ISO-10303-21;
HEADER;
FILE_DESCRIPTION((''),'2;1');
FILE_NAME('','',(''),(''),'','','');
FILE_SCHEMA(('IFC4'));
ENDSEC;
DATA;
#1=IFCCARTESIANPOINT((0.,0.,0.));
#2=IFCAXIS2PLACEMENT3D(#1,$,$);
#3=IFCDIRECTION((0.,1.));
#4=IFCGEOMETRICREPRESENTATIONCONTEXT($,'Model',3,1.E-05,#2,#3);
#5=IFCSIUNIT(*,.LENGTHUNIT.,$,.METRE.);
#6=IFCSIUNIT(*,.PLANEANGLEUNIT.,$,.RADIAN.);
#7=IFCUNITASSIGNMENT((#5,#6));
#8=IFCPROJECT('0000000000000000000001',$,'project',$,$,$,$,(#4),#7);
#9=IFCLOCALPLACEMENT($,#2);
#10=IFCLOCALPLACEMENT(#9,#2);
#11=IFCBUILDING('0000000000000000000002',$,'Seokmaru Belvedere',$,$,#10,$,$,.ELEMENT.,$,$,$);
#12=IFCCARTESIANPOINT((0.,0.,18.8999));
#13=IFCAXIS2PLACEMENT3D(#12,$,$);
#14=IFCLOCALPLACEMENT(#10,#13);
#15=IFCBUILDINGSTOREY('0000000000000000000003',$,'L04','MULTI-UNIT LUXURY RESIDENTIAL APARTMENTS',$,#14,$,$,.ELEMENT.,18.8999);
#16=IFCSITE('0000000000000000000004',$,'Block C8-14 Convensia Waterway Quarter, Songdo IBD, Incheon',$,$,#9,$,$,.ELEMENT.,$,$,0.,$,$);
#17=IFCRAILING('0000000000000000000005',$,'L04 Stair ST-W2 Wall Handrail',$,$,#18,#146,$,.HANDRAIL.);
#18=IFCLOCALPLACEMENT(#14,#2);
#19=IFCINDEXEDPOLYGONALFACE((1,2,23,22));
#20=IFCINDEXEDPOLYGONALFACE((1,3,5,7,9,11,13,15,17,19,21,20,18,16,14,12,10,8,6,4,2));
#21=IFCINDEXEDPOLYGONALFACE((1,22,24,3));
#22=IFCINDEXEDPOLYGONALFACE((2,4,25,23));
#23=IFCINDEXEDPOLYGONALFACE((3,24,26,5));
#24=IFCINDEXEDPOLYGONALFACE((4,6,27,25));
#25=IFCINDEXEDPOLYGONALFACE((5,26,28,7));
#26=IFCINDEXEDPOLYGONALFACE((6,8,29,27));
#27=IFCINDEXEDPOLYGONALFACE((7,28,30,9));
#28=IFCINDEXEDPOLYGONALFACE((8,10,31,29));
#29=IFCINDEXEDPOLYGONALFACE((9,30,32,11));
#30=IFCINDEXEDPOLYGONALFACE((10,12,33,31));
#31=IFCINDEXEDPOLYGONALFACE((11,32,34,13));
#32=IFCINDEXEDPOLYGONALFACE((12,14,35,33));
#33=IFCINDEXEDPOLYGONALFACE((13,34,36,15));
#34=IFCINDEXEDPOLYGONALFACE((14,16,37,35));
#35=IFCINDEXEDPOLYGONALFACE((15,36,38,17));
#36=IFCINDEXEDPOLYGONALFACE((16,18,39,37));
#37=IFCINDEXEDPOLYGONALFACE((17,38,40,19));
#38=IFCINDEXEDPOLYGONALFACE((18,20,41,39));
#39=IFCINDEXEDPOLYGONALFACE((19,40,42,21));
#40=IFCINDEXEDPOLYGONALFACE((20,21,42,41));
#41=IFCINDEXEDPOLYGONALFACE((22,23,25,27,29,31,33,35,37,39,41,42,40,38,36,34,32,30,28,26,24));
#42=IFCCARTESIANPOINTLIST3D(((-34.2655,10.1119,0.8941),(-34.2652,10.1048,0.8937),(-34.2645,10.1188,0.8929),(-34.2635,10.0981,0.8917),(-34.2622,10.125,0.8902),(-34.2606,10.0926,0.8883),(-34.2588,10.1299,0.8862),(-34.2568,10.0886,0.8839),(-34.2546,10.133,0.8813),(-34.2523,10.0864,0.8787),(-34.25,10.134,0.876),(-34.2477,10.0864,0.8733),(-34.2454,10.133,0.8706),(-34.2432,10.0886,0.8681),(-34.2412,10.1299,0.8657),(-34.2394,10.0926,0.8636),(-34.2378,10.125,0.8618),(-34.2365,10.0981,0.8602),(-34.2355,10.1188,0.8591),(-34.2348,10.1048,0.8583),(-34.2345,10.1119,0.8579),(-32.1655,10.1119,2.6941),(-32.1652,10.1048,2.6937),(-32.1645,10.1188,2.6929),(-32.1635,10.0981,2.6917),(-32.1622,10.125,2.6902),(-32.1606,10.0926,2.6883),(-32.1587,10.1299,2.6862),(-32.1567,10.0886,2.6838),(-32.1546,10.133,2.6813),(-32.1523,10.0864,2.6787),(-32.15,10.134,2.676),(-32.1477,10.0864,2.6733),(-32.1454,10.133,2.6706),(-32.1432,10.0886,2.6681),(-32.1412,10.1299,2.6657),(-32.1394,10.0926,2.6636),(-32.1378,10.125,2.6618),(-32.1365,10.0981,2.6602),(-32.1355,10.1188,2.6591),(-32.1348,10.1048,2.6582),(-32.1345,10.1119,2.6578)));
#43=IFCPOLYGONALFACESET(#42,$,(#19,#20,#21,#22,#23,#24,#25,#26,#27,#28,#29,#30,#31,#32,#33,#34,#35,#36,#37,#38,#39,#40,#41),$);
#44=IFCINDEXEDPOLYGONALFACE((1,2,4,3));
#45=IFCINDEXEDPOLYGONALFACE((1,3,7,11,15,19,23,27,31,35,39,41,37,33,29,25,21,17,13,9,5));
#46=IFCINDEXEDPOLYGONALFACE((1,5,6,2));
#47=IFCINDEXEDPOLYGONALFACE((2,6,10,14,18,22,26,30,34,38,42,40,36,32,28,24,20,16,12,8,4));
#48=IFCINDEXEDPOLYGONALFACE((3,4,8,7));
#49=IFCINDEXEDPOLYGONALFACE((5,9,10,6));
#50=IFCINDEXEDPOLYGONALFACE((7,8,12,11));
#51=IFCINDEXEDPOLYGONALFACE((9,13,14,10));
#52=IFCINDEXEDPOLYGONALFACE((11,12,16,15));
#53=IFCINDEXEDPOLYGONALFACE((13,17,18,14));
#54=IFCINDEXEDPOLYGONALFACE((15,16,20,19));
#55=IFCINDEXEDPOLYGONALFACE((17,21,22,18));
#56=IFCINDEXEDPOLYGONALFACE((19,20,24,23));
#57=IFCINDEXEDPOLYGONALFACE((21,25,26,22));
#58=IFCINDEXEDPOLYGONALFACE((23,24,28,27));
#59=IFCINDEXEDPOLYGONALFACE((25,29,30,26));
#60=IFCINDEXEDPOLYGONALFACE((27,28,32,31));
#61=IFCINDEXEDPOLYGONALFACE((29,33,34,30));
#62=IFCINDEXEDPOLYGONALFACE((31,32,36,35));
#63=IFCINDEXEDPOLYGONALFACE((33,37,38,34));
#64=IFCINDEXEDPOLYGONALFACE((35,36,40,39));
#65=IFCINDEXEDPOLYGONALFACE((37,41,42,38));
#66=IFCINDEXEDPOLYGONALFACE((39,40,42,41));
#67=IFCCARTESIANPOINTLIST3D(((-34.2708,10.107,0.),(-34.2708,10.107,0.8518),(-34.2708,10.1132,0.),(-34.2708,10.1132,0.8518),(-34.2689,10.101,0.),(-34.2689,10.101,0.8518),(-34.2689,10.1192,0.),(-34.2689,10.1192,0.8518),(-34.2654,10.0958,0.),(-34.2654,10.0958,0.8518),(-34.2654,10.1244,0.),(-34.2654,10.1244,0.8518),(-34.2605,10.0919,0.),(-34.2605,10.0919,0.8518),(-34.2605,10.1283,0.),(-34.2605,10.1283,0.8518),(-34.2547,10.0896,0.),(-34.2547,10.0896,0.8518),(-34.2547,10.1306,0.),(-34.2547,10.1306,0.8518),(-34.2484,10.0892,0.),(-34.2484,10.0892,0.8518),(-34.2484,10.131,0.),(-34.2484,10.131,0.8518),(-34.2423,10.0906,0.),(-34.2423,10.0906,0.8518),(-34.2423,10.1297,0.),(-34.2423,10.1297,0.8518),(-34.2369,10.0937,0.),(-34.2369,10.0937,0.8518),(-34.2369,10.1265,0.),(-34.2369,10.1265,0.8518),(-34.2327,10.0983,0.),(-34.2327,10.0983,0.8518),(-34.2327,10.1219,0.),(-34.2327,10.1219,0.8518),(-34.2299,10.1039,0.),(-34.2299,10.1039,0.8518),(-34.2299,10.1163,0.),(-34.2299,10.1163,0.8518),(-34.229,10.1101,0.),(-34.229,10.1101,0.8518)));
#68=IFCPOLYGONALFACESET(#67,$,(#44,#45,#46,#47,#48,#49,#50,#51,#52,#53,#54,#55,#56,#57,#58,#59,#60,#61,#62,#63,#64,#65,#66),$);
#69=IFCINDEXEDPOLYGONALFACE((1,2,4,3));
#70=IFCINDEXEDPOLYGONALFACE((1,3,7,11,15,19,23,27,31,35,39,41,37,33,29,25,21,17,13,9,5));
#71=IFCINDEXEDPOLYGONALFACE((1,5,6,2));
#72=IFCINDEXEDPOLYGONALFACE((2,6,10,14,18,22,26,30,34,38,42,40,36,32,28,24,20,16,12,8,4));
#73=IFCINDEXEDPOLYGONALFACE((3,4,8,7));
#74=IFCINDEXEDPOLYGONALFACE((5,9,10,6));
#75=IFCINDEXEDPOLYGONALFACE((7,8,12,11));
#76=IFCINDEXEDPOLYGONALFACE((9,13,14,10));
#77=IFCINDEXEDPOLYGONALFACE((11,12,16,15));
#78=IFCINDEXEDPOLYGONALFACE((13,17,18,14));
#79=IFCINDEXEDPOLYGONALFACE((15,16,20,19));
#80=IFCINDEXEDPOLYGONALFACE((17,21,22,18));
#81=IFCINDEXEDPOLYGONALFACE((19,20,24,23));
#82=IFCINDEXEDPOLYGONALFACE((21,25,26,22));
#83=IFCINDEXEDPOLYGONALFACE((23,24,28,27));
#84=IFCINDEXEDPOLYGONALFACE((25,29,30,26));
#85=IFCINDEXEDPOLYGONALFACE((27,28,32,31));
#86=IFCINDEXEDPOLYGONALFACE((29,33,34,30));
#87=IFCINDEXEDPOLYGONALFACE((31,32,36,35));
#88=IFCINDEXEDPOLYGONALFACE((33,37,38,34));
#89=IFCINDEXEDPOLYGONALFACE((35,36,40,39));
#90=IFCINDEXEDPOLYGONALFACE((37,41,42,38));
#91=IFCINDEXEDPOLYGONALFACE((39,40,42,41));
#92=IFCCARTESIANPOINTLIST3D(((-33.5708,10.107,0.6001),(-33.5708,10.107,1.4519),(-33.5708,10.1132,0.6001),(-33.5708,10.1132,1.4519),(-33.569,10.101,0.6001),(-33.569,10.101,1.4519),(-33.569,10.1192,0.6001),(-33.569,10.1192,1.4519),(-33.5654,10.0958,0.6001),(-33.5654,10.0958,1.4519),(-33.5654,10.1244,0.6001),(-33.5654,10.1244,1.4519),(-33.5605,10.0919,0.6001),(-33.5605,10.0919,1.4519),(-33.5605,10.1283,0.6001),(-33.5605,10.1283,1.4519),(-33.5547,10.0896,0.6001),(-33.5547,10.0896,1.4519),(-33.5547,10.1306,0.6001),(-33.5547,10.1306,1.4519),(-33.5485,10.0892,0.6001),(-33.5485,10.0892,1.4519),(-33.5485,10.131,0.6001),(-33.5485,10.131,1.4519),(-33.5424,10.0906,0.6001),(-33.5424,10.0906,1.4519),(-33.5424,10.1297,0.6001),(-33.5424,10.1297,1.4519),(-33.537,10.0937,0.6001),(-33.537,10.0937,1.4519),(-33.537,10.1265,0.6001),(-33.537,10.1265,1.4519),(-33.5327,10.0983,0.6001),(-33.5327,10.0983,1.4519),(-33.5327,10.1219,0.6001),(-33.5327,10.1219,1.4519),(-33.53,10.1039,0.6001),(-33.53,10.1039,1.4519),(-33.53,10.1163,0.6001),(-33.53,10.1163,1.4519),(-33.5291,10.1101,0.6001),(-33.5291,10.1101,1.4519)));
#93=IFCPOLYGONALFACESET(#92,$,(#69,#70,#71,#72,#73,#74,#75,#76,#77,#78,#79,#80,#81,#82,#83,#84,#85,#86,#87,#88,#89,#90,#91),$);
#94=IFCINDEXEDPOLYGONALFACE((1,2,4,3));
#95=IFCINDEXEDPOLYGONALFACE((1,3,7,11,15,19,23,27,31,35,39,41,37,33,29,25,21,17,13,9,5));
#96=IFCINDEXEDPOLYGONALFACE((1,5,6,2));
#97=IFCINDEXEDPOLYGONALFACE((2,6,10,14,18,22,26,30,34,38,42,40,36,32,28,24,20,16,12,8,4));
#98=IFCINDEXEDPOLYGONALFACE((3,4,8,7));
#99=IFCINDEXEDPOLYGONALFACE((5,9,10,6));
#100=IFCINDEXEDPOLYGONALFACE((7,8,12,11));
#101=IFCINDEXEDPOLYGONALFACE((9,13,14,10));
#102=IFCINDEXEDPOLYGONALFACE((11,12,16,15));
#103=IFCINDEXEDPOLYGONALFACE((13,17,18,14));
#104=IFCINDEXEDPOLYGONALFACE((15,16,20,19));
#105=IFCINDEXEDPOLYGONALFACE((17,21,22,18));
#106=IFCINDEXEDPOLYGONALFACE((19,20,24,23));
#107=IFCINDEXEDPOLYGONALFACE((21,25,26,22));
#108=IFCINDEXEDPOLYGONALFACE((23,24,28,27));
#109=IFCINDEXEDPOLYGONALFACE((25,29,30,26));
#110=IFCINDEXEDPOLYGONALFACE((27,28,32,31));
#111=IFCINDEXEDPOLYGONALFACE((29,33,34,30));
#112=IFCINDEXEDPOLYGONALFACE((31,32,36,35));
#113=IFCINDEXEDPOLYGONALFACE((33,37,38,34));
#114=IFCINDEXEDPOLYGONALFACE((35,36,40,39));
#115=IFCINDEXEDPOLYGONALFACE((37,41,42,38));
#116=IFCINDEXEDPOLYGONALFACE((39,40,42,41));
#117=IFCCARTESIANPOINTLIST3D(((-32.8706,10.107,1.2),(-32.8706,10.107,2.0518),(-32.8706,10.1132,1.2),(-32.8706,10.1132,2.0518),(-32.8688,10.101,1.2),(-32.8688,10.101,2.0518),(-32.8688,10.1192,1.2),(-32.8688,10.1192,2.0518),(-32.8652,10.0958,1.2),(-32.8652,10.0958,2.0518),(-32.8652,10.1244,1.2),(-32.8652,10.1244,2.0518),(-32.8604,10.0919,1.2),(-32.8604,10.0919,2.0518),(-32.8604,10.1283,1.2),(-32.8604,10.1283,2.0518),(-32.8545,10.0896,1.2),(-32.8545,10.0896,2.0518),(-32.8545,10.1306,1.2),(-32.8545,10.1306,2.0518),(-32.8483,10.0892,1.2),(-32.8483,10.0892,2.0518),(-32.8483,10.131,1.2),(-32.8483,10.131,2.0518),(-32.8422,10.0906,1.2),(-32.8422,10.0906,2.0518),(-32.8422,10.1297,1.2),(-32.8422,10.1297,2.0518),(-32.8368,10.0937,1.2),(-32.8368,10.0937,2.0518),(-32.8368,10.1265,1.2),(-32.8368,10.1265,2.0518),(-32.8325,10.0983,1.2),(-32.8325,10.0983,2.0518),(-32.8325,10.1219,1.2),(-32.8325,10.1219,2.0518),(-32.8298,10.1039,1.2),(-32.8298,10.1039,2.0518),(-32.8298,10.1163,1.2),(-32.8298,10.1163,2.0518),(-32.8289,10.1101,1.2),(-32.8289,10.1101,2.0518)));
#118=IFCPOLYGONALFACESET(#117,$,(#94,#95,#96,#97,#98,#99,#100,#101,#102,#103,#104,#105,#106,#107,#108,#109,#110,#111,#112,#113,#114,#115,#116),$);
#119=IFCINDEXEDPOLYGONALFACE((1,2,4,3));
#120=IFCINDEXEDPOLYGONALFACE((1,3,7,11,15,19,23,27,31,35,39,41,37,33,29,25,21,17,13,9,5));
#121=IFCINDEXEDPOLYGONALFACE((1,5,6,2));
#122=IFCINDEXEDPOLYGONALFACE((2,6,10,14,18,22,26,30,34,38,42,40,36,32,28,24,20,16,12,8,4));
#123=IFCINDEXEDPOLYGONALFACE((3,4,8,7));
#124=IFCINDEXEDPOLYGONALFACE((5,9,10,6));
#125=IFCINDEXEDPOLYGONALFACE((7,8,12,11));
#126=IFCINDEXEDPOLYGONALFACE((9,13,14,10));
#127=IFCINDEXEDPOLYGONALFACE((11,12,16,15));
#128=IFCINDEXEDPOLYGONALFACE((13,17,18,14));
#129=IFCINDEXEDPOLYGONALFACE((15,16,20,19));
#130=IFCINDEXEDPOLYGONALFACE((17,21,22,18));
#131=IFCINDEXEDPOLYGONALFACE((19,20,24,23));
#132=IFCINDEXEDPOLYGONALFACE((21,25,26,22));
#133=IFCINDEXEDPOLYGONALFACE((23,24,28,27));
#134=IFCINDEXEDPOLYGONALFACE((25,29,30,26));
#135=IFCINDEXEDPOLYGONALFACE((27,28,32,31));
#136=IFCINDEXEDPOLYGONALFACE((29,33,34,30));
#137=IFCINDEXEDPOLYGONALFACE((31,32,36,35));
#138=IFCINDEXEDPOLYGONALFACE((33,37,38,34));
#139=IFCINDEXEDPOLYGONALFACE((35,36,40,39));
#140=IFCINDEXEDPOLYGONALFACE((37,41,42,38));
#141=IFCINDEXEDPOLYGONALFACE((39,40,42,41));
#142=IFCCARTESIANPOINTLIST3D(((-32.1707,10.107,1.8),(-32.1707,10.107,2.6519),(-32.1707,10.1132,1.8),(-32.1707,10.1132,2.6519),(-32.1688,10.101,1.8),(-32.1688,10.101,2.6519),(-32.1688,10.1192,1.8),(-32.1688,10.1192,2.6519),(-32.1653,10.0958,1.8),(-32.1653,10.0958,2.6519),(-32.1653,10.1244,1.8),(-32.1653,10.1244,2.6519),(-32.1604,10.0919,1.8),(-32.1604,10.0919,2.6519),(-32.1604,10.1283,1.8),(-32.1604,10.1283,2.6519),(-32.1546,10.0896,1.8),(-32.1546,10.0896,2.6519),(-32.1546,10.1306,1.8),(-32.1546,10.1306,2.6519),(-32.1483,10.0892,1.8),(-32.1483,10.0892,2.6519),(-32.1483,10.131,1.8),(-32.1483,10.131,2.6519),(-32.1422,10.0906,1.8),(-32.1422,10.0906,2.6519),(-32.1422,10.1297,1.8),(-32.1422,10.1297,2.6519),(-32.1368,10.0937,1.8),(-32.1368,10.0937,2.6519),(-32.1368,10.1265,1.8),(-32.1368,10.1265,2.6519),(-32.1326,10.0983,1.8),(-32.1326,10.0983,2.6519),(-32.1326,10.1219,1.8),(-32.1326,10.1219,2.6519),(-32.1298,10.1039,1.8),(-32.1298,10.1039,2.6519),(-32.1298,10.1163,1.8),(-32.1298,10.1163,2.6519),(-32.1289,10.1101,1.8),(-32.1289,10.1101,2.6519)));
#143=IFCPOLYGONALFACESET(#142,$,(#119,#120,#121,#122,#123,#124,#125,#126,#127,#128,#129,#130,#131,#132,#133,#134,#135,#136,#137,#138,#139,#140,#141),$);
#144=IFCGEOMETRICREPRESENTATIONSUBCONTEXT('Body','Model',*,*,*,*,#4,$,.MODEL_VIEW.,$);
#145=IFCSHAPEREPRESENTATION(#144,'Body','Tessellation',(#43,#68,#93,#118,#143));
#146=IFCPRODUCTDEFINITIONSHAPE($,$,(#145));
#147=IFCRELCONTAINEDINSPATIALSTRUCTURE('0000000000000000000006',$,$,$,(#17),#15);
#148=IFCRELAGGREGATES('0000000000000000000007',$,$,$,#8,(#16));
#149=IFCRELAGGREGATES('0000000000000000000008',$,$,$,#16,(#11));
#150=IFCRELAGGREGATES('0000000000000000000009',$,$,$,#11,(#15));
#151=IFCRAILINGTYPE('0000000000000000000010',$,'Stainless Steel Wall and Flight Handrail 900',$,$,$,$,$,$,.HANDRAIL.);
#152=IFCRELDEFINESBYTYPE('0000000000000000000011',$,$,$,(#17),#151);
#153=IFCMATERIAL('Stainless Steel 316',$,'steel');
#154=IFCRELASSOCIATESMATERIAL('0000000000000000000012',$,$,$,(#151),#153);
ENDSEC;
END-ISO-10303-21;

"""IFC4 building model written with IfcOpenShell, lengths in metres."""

from ifc_helpers import new_model, si_unit, direction, frame, origin, origin_2d, place, context, subcontext, project, spatial, circle, extrude, material, type_object, element, save


model = new_model("IFC4")

# Units and contexts
model_context = context("Model", 3, precision=1e-05, world=origin(), true_north=direction((0.0, 1.0)))
body_context = subcontext(model_context, "Body", "Model", "MODEL_VIEW")
ifc_project = project(units=[si_unit("LENGTHUNIT", "METRE"), si_unit("PLANEANGLEUNIT", "RADIAN")], contexts=[model_context])

# Site, building, storey
site_placement = place(None, origin())
site = spatial("IfcSite", under=ifc_project, at=site_placement, Name="Block C8-14 Convensia Waterway Quarter, Songdo IBD, Incheon", CompositionType="ELEMENT", RefElevation=0.0)
building_placement = place(site_placement, origin())
building = spatial("IfcBuilding", under=site, at=building_placement, Name="Seokmaru Belvedere", CompositionType="ELEMENT")
storey_placement = place(building_placement, frame((0.0, 0.0, 18.8999)))
storey = spatial("IfcBuildingStorey", under=building, at=storey_placement, Name="L04", Description="MULTI-UNIT LUXURY RESIDENTIAL APARTMENTS", CompositionType="ELEMENT", Elevation=18.8999)

# Railing
ifc_material_1 = material(Name="Stainless Steel 316", Category="steel")
railing_type_1 = type_object("IfcRailingType", Name="Stainless Steel Wall and Flight Handrail 900", PredefinedType="HANDRAIL", material=ifc_material_1)
railing_1_placement = place(storey_placement, frame((-34.25, 10.1101, 0.0)))
element("IfcRailing", 1, at=railing_1_placement, inside=storey, type_object=railing_type_1, Name="L04 Stair ST-W2 Wall Handrail", PredefinedType="HANDRAIL", context=body_context, shape_type="SweptSolid", body=[
    extrude(circle(Radius=0.0239, at=origin_2d()), frame((0.0, 0.0, 0.876), z_axis=(0.759263, 0.0, 0.650784), x_axis=(0.0, 1.0, 0.0)), (0.0, 0.0, 1.0), 2.7659),
    extrude(circle(Radius=0.021, at=origin_2d()), origin(), (0.0, 0.0, 1.0), 0.8518),
    extrude(circle(Radius=0.021, at=origin_2d()), frame((0.7, 0.0, 0.6001)), (0.0, 0.0, 1.0), 0.8518),
    extrude(circle(Radius=0.021, at=origin_2d()), frame((1.4001, 0.0, 1.2)), (0.0, 0.0, 1.0), 0.8518),
    extrude(circle(Radius=0.021, at=origin_2d()), frame((2.1001, 0.0, 1.8)), (0.0, 0.0, 1.0), 0.8518),
])

save(model, "model.ifc")
